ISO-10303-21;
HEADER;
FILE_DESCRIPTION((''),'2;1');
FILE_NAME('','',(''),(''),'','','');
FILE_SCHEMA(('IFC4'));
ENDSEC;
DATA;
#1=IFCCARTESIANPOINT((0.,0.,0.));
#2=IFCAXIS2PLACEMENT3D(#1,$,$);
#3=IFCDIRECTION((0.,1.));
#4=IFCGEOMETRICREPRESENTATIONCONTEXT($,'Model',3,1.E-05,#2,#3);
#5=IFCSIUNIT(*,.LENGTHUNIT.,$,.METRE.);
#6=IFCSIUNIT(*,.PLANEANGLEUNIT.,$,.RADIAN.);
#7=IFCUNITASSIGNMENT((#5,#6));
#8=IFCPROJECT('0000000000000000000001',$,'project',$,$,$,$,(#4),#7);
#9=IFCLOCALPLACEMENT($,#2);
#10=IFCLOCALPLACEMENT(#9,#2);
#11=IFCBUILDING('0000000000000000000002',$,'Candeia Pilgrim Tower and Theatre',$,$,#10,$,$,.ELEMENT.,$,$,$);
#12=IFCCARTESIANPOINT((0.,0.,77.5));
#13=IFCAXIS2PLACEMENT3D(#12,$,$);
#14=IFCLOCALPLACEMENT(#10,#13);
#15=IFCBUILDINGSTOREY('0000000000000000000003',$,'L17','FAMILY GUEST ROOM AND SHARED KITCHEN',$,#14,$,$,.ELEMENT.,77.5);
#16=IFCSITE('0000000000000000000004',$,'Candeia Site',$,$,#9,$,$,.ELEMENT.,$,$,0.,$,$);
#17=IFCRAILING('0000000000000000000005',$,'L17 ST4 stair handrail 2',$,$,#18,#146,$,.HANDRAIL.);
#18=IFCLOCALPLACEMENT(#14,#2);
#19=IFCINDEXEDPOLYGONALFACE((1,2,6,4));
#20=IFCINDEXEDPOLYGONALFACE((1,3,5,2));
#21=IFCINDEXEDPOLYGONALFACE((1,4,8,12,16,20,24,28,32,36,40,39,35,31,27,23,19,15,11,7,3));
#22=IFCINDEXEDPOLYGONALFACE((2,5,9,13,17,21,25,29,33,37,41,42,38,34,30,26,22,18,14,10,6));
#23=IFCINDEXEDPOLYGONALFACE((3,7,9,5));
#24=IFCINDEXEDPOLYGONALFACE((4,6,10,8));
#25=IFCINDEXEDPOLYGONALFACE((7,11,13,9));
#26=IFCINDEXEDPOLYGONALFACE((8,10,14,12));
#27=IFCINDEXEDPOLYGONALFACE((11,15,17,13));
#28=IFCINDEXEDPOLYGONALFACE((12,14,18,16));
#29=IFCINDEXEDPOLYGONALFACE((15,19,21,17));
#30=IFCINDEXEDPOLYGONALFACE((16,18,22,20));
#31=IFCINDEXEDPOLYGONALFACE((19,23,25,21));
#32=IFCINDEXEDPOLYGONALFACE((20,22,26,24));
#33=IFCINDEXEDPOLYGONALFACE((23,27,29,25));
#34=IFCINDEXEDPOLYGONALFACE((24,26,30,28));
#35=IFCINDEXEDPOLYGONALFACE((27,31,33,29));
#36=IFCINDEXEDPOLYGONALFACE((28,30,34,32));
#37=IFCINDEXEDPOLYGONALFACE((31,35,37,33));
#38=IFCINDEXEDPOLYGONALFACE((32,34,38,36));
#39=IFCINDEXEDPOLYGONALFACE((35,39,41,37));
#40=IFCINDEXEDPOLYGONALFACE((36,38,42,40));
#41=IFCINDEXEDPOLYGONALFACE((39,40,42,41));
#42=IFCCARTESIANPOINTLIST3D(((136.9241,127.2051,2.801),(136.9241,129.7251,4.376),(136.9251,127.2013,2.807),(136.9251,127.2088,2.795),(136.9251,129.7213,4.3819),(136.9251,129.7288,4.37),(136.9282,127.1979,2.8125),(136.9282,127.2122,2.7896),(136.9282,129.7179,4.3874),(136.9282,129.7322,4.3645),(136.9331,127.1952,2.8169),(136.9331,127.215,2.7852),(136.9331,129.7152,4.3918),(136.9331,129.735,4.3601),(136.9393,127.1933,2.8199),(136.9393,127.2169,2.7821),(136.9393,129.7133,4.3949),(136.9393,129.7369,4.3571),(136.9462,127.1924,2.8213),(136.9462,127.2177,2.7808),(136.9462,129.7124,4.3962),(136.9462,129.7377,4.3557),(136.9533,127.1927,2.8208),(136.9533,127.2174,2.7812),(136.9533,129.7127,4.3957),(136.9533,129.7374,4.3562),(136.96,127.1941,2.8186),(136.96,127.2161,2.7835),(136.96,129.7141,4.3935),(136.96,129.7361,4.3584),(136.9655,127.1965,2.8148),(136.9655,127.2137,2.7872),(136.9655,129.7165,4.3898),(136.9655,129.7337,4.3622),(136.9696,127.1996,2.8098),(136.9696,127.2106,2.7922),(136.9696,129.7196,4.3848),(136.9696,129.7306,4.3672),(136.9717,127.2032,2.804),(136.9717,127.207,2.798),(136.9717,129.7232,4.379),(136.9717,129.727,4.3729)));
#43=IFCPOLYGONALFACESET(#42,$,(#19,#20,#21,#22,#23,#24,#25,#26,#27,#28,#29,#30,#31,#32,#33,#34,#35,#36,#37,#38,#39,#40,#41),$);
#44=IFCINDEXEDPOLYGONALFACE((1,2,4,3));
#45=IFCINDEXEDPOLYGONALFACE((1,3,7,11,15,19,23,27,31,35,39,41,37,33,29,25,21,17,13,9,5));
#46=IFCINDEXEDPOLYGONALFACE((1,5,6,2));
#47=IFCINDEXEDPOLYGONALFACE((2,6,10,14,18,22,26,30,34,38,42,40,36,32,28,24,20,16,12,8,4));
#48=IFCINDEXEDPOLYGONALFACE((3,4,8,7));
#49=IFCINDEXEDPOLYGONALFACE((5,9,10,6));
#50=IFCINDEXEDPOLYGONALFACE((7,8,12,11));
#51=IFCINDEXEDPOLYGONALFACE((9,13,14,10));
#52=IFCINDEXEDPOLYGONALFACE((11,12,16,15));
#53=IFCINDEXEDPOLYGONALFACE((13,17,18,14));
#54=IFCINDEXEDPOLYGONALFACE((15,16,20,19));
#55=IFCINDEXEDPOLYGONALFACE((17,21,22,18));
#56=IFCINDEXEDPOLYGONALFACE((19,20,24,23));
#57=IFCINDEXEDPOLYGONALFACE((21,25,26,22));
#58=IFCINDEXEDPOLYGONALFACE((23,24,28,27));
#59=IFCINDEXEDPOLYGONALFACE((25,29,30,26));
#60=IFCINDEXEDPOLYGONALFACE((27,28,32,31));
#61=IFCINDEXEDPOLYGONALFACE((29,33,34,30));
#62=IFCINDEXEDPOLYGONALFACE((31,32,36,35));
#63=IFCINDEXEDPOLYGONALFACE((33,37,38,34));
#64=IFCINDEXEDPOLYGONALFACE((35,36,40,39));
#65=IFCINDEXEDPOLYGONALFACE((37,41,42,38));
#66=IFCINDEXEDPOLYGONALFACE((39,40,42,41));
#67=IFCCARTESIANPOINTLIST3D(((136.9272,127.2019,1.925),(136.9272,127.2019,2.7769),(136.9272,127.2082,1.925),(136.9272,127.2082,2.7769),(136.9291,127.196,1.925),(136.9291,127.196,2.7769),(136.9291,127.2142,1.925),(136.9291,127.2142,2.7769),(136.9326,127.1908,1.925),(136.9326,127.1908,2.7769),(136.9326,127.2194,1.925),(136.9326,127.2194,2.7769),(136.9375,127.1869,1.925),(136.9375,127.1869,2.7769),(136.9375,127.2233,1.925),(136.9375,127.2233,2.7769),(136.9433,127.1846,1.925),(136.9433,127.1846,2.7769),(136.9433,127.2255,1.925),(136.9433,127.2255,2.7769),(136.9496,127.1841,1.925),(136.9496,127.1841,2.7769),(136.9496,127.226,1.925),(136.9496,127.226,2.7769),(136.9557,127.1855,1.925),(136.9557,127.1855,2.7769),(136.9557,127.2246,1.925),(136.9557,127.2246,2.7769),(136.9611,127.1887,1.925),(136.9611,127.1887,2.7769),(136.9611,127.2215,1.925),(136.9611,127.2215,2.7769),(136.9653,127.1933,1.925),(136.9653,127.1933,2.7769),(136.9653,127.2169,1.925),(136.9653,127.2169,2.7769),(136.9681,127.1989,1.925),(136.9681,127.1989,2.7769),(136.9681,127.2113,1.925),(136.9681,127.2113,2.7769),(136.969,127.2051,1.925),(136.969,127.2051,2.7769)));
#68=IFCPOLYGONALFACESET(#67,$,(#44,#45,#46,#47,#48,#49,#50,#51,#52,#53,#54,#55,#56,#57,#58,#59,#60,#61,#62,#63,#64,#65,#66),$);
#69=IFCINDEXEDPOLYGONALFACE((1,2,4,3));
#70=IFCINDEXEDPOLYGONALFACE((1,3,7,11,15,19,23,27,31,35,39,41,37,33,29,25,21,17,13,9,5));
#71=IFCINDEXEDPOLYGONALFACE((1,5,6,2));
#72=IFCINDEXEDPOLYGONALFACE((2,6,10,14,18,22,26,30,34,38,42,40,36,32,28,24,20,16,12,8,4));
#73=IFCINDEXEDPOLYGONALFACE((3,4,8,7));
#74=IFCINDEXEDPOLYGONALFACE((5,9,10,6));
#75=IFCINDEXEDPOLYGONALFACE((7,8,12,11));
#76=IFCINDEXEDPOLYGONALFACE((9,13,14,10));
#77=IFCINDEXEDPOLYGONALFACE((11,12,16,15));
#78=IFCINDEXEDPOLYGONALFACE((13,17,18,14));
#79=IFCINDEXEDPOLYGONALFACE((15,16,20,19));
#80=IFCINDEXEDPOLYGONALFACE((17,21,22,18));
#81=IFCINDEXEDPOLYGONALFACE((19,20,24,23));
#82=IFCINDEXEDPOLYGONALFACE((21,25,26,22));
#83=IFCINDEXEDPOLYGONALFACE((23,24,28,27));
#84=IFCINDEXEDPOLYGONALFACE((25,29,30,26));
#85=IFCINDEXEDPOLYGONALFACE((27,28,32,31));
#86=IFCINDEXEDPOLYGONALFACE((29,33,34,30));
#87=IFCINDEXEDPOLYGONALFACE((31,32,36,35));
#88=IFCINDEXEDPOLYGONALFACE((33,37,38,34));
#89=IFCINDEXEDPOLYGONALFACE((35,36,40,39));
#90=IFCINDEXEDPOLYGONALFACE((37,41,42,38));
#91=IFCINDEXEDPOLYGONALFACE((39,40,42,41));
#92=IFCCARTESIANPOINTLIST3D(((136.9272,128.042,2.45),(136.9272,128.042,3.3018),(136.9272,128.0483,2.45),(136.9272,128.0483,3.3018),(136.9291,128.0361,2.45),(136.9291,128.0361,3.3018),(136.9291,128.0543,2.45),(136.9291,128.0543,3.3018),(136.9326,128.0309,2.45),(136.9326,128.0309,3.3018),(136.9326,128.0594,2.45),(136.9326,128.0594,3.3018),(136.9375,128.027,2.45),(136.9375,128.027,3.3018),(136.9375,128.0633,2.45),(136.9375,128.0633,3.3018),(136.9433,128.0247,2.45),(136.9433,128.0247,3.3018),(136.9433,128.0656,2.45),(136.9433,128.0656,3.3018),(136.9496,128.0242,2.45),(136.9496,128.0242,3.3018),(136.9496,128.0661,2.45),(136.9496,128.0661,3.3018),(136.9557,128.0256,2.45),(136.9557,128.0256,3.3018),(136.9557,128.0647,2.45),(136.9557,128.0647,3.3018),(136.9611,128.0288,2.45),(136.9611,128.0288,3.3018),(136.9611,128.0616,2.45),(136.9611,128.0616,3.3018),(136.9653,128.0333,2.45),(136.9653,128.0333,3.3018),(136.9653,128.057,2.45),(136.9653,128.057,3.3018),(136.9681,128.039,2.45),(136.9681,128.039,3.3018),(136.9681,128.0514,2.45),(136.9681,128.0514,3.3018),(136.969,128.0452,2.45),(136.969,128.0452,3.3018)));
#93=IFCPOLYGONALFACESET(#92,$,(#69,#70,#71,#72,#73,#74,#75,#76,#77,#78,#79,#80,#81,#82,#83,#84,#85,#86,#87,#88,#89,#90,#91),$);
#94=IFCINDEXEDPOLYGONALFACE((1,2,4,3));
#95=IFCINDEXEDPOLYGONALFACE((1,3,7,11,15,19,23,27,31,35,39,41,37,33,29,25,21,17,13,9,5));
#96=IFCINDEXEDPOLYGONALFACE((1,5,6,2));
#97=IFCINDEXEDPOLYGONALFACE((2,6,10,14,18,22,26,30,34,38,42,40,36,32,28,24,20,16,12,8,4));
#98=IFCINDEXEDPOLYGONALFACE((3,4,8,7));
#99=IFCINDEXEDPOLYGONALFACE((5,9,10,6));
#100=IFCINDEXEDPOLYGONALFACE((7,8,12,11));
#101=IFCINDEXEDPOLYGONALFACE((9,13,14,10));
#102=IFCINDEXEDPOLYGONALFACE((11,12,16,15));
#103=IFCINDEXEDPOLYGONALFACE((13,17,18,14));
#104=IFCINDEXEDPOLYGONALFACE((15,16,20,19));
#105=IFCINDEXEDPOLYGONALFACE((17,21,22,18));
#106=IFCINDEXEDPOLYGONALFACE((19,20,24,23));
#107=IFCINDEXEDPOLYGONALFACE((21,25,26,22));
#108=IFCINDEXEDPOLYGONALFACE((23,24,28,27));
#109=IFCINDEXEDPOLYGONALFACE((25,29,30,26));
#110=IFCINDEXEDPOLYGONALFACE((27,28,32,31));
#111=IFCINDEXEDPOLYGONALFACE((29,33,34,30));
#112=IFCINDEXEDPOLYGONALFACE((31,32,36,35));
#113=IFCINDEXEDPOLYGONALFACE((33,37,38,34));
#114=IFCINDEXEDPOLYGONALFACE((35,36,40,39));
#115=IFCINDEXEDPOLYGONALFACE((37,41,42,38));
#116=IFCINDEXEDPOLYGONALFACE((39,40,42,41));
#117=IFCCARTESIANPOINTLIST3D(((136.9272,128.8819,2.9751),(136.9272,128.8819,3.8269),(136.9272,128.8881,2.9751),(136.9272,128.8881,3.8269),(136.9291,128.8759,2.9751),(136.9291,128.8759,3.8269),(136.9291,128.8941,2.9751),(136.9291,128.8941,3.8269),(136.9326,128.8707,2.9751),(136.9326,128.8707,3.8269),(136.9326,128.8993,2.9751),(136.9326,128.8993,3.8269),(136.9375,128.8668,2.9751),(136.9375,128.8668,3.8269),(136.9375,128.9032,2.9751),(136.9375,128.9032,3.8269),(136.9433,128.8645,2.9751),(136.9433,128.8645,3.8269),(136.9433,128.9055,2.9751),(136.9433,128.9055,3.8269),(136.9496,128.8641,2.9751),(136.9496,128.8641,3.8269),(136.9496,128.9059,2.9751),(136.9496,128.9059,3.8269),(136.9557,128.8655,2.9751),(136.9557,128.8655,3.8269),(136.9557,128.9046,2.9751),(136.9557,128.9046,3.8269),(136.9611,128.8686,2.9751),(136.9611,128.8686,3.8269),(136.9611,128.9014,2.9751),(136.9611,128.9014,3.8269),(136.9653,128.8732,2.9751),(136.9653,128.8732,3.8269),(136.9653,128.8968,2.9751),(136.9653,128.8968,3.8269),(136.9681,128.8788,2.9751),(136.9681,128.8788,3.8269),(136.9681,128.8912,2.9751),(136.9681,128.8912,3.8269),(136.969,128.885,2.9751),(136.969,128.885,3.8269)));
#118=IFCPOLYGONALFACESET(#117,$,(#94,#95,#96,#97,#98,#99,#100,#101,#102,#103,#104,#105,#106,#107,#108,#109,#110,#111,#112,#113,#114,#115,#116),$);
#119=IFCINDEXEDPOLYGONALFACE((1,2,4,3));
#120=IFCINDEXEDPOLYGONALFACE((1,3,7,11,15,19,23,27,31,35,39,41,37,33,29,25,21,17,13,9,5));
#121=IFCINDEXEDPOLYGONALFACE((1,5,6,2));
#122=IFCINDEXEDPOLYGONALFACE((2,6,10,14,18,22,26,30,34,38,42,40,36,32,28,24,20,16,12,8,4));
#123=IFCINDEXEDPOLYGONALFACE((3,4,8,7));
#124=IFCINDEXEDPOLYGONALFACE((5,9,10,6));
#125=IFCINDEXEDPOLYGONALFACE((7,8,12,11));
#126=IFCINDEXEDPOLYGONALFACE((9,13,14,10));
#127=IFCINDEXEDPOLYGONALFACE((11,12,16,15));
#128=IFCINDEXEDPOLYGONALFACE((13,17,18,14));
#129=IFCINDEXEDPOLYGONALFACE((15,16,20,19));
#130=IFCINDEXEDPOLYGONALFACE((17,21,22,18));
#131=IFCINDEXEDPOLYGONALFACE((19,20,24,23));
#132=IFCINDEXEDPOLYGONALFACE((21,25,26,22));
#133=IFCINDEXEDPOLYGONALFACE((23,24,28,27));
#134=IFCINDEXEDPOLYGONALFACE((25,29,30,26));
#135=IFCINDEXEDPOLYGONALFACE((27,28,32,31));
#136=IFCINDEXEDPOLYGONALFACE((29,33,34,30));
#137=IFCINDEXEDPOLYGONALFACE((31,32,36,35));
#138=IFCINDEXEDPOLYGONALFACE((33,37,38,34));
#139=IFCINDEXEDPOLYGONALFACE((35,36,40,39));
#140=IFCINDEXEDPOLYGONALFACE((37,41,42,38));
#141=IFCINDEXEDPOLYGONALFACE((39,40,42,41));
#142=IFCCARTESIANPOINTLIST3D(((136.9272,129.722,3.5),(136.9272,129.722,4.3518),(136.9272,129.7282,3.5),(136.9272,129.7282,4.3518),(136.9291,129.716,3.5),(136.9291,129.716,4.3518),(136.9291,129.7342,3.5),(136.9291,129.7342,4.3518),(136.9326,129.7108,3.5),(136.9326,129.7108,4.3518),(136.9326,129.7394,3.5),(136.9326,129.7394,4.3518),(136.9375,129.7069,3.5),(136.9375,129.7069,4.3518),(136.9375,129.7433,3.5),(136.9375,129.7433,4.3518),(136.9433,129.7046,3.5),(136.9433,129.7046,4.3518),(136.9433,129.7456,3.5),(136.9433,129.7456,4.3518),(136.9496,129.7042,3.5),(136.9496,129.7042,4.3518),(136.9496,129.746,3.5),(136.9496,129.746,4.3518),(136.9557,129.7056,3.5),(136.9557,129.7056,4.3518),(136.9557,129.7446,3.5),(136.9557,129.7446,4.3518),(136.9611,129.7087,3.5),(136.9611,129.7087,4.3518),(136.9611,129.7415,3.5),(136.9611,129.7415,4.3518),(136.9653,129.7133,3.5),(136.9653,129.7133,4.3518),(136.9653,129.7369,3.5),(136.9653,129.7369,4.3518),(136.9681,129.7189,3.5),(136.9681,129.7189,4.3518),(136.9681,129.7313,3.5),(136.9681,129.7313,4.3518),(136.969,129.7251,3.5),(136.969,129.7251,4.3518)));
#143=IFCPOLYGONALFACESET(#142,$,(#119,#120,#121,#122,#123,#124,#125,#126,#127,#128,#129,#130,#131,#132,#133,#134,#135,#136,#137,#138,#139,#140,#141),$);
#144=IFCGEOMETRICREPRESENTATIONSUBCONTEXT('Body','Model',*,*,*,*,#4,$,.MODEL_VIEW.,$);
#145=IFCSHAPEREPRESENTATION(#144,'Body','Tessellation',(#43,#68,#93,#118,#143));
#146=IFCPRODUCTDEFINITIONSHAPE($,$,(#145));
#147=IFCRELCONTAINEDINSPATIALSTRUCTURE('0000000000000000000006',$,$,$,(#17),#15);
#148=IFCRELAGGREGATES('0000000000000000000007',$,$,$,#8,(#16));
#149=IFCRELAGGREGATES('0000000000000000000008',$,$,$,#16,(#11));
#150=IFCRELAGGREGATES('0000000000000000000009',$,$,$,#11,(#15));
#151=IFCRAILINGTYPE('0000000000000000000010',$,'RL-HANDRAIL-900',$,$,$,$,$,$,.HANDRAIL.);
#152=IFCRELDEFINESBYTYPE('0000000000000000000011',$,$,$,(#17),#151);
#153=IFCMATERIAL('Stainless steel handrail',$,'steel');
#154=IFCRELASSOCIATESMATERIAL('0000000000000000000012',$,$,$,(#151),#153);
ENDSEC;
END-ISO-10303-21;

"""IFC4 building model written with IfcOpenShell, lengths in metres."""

from ifc_helpers import new_model, si_unit, direction, frame, origin, origin_2d, place, context, subcontext, project, spatial, circle, extrude, material, type_object, element, save


model = new_model("IFC4")

# Units and contexts
model_context = context("Model", 3, precision=1e-05, world=origin(), true_north=direction((0.0, 1.0)))
body_context = subcontext(model_context, "Body", "Model", "MODEL_VIEW")
ifc_project = project(units=[si_unit("LENGTHUNIT", "METRE"), si_unit("PLANEANGLEUNIT", "RADIAN")], contexts=[model_context])

# Site, building, storey
site_placement = place(None, origin())
site = spatial("IfcSite", under=ifc_project, at=site_placement, Name="Candeia Site", CompositionType="ELEMENT", RefElevation=0.0)
building_placement = place(site_placement, origin())
building = spatial("IfcBuilding", under=site, at=building_placement, Name="Candeia Pilgrim Tower and Theatre", CompositionType="ELEMENT")
storey_placement = place(building_placement, frame((0.0, 0.0, 77.5)))
storey = spatial("IfcBuildingStorey", under=building, at=storey_placement, Name="L17", Description="FAMILY GUEST ROOM AND SHARED KITCHEN", CompositionType="ELEMENT", Elevation=77.5)

# Railing
ifc_material_1 = material(Name="Stainless steel handrail", Category="steel")
railing_type_1 = type_object("IfcRailingType", Name="RL-HANDRAIL-900", PredefinedType="HANDRAIL", material=ifc_material_1)
railing_1_placement = place(storey_placement, frame((136.948, 127.2051, 1.925)))
element("IfcRailing", 1, at=railing_1_placement, inside=storey, type_object=railing_type_1, Name="L17 ST4 stair handrail 2", PredefinedType="HANDRAIL", context=body_context, shape_type="SweptSolid", body=[
    extrude(circle(Radius=0.0239, at=origin_2d()), frame((0.0, 0.0, 0.876), z_axis=(0.0, 0.848008, 0.529984), x_axis=(-1.0, 0.0, 0.0)), (0.0, 0.0, 1.0), 2.9717),
    extrude(circle(Radius=0.021, at=origin_2d()), origin(), (0.0, 0.0, 1.0), 0.8518),
    extrude(circle(Radius=0.021, at=origin_2d()), frame((0.0, 0.8401, 0.5249)), (0.0, 0.0, 1.0), 0.8518),
    extrude(circle(Radius=0.021, at=origin_2d()), frame((0.0, 1.6799, 1.05)), (0.0, 0.0, 1.0), 0.8518),
    extrude(circle(Radius=0.021, at=origin_2d()), frame((0.0, 2.52, 1.575)), (0.0, 0.0, 1.0), 0.8518),
])

save(model, "model.ifc")
